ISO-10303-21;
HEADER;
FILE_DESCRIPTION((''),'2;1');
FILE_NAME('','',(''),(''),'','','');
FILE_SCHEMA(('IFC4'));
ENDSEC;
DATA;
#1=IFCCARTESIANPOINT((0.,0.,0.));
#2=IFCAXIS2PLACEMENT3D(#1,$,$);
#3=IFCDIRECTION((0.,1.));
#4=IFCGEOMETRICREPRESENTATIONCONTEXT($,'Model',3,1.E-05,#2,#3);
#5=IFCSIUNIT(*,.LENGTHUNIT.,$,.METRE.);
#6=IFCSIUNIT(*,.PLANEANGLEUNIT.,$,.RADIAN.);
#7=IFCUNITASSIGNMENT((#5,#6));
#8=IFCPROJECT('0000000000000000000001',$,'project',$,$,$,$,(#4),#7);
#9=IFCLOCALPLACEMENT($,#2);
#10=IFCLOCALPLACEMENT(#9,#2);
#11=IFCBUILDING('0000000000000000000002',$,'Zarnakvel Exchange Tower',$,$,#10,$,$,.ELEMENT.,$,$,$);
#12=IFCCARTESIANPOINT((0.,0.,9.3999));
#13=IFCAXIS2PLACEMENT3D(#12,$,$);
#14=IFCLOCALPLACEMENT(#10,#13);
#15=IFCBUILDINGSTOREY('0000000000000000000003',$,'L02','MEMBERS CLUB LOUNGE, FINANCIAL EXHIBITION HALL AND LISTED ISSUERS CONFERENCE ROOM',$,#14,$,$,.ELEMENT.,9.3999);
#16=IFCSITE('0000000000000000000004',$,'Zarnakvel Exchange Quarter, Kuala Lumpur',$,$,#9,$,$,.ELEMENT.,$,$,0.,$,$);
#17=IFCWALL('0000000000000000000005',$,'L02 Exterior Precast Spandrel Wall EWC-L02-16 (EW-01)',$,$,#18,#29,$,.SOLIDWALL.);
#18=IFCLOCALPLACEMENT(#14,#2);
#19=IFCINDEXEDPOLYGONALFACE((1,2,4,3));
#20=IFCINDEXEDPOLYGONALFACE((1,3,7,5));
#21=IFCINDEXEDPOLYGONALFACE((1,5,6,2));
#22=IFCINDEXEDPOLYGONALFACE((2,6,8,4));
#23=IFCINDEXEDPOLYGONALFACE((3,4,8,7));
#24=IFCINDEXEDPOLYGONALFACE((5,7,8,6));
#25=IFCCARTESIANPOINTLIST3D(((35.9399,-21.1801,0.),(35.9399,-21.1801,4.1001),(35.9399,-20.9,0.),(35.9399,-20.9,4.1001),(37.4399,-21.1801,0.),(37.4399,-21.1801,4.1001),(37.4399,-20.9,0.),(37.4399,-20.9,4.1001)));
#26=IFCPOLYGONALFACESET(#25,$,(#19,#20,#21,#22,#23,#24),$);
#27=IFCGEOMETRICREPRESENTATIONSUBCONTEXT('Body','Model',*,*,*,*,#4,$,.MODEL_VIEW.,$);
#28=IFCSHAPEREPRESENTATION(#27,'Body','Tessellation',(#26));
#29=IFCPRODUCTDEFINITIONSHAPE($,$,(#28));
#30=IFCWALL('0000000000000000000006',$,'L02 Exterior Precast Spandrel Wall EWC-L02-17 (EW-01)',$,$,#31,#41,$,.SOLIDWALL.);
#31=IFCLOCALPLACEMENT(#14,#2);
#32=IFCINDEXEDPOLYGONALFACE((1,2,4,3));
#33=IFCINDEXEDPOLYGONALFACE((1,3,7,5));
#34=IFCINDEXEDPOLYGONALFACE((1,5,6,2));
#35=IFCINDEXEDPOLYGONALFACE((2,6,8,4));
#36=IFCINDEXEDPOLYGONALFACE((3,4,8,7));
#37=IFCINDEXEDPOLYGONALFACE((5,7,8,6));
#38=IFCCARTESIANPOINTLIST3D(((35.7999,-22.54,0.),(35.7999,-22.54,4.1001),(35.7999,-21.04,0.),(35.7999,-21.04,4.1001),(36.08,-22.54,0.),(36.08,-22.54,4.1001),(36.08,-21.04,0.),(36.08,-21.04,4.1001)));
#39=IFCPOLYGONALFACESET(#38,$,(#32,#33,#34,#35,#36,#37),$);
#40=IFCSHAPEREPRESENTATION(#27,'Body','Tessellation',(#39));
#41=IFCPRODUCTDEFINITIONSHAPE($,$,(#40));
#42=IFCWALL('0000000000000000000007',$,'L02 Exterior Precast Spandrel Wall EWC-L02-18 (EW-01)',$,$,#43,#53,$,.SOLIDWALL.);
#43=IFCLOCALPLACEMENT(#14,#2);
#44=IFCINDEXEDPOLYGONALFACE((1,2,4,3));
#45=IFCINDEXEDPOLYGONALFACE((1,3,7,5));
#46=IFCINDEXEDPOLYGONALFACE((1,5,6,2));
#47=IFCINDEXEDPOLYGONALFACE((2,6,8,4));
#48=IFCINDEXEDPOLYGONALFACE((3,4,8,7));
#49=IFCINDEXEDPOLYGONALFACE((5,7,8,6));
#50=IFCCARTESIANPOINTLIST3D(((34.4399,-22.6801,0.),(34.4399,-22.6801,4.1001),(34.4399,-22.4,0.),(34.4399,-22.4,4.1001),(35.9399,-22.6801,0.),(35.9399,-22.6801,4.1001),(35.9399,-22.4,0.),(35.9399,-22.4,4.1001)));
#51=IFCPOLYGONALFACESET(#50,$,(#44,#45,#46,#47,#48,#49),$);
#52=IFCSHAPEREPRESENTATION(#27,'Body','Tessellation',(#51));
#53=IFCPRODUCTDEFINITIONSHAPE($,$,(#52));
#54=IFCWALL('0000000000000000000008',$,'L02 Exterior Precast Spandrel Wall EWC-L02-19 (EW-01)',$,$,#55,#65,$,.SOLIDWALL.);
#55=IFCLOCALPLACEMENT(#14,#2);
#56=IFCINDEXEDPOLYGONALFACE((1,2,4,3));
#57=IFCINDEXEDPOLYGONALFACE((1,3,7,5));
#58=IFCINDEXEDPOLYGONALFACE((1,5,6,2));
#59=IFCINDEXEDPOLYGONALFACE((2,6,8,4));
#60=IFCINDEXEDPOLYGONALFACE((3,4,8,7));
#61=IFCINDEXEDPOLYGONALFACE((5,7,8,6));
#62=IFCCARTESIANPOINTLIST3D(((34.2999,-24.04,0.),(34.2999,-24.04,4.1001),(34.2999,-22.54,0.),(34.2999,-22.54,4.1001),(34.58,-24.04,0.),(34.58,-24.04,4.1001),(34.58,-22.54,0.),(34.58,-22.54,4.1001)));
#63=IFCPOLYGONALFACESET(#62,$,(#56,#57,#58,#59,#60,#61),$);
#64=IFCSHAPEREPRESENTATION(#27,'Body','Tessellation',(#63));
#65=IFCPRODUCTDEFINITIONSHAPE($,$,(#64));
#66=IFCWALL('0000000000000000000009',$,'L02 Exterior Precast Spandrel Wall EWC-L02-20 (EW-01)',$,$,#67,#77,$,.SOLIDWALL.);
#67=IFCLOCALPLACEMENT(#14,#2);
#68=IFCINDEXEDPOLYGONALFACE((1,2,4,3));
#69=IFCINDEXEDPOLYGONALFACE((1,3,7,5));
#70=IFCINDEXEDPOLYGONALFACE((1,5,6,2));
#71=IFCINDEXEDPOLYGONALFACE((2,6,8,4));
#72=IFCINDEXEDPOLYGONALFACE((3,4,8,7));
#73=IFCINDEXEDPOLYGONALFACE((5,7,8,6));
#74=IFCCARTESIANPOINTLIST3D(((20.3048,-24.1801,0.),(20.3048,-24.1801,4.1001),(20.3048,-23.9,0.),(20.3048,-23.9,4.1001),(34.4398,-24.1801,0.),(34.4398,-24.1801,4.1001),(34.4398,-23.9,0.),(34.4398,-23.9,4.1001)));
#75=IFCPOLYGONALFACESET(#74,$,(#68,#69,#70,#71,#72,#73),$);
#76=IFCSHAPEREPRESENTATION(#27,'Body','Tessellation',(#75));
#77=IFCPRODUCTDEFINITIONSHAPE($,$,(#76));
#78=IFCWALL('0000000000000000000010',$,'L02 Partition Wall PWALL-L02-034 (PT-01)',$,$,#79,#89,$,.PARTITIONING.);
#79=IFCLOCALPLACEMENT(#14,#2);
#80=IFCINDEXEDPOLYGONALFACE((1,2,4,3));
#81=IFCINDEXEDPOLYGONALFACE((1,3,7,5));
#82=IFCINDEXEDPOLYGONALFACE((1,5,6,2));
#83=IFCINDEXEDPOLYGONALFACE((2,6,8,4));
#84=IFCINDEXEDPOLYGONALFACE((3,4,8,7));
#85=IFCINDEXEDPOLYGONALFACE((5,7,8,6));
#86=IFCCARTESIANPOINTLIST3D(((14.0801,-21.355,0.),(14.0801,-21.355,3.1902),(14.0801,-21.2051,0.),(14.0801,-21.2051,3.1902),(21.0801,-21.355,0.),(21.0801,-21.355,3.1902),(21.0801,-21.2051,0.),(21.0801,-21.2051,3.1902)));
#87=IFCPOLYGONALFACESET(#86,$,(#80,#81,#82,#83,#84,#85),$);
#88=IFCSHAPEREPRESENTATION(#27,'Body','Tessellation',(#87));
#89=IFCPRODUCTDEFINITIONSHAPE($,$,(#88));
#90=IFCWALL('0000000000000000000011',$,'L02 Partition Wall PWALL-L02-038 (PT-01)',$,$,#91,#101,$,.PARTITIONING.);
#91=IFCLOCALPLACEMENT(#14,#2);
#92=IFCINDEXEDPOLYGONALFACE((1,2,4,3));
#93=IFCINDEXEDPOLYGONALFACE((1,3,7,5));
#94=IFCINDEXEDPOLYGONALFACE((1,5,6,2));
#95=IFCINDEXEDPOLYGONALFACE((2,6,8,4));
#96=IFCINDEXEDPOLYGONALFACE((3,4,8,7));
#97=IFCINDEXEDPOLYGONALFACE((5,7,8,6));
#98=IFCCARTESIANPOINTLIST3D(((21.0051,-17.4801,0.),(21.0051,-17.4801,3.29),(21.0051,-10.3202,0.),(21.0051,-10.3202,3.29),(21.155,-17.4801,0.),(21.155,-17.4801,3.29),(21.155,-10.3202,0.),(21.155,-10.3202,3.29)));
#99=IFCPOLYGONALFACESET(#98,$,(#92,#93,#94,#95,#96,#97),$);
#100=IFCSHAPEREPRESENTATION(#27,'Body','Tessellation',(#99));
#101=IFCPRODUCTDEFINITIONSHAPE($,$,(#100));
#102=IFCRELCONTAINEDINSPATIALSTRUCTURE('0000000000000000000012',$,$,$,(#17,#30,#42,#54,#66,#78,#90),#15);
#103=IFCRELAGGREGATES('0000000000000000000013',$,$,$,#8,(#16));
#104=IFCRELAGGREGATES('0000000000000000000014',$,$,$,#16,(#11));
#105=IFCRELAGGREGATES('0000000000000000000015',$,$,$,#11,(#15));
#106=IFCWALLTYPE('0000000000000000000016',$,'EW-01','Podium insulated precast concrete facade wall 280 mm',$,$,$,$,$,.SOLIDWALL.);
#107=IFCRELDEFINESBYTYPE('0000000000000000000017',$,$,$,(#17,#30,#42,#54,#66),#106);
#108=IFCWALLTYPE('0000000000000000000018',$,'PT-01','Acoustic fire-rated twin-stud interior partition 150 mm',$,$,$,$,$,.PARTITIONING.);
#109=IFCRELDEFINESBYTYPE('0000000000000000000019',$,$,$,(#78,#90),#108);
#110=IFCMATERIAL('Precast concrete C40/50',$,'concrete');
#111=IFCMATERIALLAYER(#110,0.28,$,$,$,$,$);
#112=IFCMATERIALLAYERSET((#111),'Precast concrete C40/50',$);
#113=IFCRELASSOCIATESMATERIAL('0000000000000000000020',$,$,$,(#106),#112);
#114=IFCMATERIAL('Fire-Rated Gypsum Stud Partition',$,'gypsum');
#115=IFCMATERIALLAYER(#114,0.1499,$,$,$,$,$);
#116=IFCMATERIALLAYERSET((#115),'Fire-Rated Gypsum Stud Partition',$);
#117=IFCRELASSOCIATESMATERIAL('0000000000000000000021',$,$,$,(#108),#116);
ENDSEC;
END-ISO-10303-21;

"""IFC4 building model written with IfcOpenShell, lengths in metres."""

from ifc_helpers import new_model, si_unit, direction, frame, frame_2d, origin, place, context, subcontext, project, spatial, rectangle, extrude, material, layer, layer_set, type_object, element, save


model = new_model("IFC4")

# Units and contexts
model_context = context("Model", 3, precision=1e-05, world=origin(), true_north=direction((0.0, 1.0)))
body_context = subcontext(model_context, "Body", "Model", "MODEL_VIEW")
ifc_project = project(units=[si_unit("LENGTHUNIT", "METRE"), si_unit("PLANEANGLEUNIT", "RADIAN")], contexts=[model_context])

# Site, building, storey
site_placement = place(None, origin())
site = spatial("IfcSite", under=ifc_project, at=site_placement, Name="Zarnakvel Exchange Quarter, Kuala Lumpur", CompositionType="ELEMENT", RefElevation=0.0)
building_placement = place(site_placement, origin())
building = spatial("IfcBuilding", under=site, at=building_placement, Name="Zarnakvel Exchange Tower", CompositionType="ELEMENT")
storey_placement = place(building_placement, frame((0.0, 0.0, 9.3999)))
storey = spatial("IfcBuildingStorey", under=building, at=storey_placement, Name="L02", Description="MEMBERS CLUB LOUNGE, FINANCIAL EXHIBITION HALL AND LISTED ISSUERS CONFERENCE ROOM", CompositionType="ELEMENT", Elevation=9.3999)

# Walls
ifc_material_1 = material(Name="Precast concrete C40/50", Category="concrete")
ifc_layer_1 = layer(ifc_material_1, 0.28)
ifc_layer_set_1 = layer_set([ifc_layer_1], Name="Precast concrete C40/50")
wall_type_1 = type_object("IfcWallType", Name="EW-01", Description="Podium insulated precast concrete facade wall 280 mm", PredefinedType="SOLIDWALL", material=ifc_layer_set_1)
for number, where, z_axis, x_axis, name in (
    (1, (35.9399, -21.04, 0.0), (0.0, 0.0, 1.0), (1.0, 0.0, 0.0), "L02 Exterior Precast Spandrel Wall EWC-L02-16 (EW-01)"),
    (2, (35.9399, -22.54, 0.0), (0.0, 0.0, 1.0), (0.0, 1.0, 0.0), "L02 Exterior Precast Spandrel Wall EWC-L02-17 (EW-01)"),
    (3, (34.4399, -22.54, 0.0), (0.0, 0.0, 1.0), (1.0, 0.0, 0.0), "L02 Exterior Precast Spandrel Wall EWC-L02-18 (EW-01)"),
    (4, (34.4399, -24.04, 0.0), (0.0, 0.0, 1.0), (0.0, 1.0, 0.0), "L02 Exterior Precast Spandrel Wall EWC-L02-19 (EW-01)"),
):
    element("IfcWall", number, at=place(storey_placement, frame(where, z_axis=z_axis, x_axis=x_axis)), inside=storey, type_object=wall_type_1, Name=name, PredefinedType="SOLIDWALL", context=body_context, shape_type="SweptSolid", body=[
        extrude(rectangle(XDim=1.5, YDim=0.28, at=frame_2d((0.75, 0.0))), origin(), (0.0, 0.0, 1.0), 4.1001),
    ])
wall_1_placement = place(storey_placement, frame((20.3049, -24.04, 0.0), z_axis=(0.0, 0.0, 1.0), x_axis=(1.0, 0.0, 0.0)))
element("IfcWall", 5, at=wall_1_placement, inside=storey, type_object=wall_type_1, Name="L02 Exterior Precast Spandrel Wall EWC-L02-20 (EW-01)", PredefinedType="SOLIDWALL", context=body_context, shape_type="SweptSolid", body=[
    extrude(rectangle(XDim=14.135, YDim=0.28, at=frame_2d((7.0674, 0.0))), origin(), (0.0, 0.0, 1.0), 4.1001),
])
ifc_material_2 = material(Name="Fire-Rated Gypsum Stud Partition", Category="gypsum")
ifc_layer_2 = layer(ifc_material_2, 0.1499)
ifc_layer_set_2 = layer_set([ifc_layer_2], Name="Fire-Rated Gypsum Stud Partition")
wall_type_2 = type_object("IfcWallType", Name="PT-01", Description="Acoustic fire-rated twin-stud interior partition 150 mm", PredefinedType="PARTITIONING", material=ifc_layer_set_2)
wall_2_placement = place(storey_placement, frame((21.0801, -21.28, 0.0), z_axis=(0.0, 0.0, 1.0), x_axis=(-1.0, 0.0, 0.0)))
element("IfcWall", 6, at=wall_2_placement, inside=storey, type_object=wall_type_2, Name="L02 Partition Wall PWALL-L02-034 (PT-01)", PredefinedType="PARTITIONING", context=body_context, shape_type="SweptSolid", body=[
    extrude(rectangle(XDim=7.0, YDim=0.1499, at=frame_2d((3.5, 0.0))), origin(), (0.0, 0.0, 1.0), 3.1902),
])
wall_3_placement = place(storey_placement, frame((21.0801, -10.3201, 0.0), z_axis=(0.0, 0.0, 1.0), x_axis=(0.0, -1.0, 0.0)))
element("IfcWall", 7, at=wall_3_placement, inside=storey, type_object=wall_type_2, Name="L02 Partition Wall PWALL-L02-038 (PT-01)", PredefinedType="PARTITIONING", context=body_context, shape_type="SweptSolid", body=[
    extrude(rectangle(XDim=7.1599, YDim=0.1499, at=frame_2d((3.5801, 0.0))), origin(), (0.0, 0.0, 1.0), 3.29),
])

save(model, "model.ifc")
